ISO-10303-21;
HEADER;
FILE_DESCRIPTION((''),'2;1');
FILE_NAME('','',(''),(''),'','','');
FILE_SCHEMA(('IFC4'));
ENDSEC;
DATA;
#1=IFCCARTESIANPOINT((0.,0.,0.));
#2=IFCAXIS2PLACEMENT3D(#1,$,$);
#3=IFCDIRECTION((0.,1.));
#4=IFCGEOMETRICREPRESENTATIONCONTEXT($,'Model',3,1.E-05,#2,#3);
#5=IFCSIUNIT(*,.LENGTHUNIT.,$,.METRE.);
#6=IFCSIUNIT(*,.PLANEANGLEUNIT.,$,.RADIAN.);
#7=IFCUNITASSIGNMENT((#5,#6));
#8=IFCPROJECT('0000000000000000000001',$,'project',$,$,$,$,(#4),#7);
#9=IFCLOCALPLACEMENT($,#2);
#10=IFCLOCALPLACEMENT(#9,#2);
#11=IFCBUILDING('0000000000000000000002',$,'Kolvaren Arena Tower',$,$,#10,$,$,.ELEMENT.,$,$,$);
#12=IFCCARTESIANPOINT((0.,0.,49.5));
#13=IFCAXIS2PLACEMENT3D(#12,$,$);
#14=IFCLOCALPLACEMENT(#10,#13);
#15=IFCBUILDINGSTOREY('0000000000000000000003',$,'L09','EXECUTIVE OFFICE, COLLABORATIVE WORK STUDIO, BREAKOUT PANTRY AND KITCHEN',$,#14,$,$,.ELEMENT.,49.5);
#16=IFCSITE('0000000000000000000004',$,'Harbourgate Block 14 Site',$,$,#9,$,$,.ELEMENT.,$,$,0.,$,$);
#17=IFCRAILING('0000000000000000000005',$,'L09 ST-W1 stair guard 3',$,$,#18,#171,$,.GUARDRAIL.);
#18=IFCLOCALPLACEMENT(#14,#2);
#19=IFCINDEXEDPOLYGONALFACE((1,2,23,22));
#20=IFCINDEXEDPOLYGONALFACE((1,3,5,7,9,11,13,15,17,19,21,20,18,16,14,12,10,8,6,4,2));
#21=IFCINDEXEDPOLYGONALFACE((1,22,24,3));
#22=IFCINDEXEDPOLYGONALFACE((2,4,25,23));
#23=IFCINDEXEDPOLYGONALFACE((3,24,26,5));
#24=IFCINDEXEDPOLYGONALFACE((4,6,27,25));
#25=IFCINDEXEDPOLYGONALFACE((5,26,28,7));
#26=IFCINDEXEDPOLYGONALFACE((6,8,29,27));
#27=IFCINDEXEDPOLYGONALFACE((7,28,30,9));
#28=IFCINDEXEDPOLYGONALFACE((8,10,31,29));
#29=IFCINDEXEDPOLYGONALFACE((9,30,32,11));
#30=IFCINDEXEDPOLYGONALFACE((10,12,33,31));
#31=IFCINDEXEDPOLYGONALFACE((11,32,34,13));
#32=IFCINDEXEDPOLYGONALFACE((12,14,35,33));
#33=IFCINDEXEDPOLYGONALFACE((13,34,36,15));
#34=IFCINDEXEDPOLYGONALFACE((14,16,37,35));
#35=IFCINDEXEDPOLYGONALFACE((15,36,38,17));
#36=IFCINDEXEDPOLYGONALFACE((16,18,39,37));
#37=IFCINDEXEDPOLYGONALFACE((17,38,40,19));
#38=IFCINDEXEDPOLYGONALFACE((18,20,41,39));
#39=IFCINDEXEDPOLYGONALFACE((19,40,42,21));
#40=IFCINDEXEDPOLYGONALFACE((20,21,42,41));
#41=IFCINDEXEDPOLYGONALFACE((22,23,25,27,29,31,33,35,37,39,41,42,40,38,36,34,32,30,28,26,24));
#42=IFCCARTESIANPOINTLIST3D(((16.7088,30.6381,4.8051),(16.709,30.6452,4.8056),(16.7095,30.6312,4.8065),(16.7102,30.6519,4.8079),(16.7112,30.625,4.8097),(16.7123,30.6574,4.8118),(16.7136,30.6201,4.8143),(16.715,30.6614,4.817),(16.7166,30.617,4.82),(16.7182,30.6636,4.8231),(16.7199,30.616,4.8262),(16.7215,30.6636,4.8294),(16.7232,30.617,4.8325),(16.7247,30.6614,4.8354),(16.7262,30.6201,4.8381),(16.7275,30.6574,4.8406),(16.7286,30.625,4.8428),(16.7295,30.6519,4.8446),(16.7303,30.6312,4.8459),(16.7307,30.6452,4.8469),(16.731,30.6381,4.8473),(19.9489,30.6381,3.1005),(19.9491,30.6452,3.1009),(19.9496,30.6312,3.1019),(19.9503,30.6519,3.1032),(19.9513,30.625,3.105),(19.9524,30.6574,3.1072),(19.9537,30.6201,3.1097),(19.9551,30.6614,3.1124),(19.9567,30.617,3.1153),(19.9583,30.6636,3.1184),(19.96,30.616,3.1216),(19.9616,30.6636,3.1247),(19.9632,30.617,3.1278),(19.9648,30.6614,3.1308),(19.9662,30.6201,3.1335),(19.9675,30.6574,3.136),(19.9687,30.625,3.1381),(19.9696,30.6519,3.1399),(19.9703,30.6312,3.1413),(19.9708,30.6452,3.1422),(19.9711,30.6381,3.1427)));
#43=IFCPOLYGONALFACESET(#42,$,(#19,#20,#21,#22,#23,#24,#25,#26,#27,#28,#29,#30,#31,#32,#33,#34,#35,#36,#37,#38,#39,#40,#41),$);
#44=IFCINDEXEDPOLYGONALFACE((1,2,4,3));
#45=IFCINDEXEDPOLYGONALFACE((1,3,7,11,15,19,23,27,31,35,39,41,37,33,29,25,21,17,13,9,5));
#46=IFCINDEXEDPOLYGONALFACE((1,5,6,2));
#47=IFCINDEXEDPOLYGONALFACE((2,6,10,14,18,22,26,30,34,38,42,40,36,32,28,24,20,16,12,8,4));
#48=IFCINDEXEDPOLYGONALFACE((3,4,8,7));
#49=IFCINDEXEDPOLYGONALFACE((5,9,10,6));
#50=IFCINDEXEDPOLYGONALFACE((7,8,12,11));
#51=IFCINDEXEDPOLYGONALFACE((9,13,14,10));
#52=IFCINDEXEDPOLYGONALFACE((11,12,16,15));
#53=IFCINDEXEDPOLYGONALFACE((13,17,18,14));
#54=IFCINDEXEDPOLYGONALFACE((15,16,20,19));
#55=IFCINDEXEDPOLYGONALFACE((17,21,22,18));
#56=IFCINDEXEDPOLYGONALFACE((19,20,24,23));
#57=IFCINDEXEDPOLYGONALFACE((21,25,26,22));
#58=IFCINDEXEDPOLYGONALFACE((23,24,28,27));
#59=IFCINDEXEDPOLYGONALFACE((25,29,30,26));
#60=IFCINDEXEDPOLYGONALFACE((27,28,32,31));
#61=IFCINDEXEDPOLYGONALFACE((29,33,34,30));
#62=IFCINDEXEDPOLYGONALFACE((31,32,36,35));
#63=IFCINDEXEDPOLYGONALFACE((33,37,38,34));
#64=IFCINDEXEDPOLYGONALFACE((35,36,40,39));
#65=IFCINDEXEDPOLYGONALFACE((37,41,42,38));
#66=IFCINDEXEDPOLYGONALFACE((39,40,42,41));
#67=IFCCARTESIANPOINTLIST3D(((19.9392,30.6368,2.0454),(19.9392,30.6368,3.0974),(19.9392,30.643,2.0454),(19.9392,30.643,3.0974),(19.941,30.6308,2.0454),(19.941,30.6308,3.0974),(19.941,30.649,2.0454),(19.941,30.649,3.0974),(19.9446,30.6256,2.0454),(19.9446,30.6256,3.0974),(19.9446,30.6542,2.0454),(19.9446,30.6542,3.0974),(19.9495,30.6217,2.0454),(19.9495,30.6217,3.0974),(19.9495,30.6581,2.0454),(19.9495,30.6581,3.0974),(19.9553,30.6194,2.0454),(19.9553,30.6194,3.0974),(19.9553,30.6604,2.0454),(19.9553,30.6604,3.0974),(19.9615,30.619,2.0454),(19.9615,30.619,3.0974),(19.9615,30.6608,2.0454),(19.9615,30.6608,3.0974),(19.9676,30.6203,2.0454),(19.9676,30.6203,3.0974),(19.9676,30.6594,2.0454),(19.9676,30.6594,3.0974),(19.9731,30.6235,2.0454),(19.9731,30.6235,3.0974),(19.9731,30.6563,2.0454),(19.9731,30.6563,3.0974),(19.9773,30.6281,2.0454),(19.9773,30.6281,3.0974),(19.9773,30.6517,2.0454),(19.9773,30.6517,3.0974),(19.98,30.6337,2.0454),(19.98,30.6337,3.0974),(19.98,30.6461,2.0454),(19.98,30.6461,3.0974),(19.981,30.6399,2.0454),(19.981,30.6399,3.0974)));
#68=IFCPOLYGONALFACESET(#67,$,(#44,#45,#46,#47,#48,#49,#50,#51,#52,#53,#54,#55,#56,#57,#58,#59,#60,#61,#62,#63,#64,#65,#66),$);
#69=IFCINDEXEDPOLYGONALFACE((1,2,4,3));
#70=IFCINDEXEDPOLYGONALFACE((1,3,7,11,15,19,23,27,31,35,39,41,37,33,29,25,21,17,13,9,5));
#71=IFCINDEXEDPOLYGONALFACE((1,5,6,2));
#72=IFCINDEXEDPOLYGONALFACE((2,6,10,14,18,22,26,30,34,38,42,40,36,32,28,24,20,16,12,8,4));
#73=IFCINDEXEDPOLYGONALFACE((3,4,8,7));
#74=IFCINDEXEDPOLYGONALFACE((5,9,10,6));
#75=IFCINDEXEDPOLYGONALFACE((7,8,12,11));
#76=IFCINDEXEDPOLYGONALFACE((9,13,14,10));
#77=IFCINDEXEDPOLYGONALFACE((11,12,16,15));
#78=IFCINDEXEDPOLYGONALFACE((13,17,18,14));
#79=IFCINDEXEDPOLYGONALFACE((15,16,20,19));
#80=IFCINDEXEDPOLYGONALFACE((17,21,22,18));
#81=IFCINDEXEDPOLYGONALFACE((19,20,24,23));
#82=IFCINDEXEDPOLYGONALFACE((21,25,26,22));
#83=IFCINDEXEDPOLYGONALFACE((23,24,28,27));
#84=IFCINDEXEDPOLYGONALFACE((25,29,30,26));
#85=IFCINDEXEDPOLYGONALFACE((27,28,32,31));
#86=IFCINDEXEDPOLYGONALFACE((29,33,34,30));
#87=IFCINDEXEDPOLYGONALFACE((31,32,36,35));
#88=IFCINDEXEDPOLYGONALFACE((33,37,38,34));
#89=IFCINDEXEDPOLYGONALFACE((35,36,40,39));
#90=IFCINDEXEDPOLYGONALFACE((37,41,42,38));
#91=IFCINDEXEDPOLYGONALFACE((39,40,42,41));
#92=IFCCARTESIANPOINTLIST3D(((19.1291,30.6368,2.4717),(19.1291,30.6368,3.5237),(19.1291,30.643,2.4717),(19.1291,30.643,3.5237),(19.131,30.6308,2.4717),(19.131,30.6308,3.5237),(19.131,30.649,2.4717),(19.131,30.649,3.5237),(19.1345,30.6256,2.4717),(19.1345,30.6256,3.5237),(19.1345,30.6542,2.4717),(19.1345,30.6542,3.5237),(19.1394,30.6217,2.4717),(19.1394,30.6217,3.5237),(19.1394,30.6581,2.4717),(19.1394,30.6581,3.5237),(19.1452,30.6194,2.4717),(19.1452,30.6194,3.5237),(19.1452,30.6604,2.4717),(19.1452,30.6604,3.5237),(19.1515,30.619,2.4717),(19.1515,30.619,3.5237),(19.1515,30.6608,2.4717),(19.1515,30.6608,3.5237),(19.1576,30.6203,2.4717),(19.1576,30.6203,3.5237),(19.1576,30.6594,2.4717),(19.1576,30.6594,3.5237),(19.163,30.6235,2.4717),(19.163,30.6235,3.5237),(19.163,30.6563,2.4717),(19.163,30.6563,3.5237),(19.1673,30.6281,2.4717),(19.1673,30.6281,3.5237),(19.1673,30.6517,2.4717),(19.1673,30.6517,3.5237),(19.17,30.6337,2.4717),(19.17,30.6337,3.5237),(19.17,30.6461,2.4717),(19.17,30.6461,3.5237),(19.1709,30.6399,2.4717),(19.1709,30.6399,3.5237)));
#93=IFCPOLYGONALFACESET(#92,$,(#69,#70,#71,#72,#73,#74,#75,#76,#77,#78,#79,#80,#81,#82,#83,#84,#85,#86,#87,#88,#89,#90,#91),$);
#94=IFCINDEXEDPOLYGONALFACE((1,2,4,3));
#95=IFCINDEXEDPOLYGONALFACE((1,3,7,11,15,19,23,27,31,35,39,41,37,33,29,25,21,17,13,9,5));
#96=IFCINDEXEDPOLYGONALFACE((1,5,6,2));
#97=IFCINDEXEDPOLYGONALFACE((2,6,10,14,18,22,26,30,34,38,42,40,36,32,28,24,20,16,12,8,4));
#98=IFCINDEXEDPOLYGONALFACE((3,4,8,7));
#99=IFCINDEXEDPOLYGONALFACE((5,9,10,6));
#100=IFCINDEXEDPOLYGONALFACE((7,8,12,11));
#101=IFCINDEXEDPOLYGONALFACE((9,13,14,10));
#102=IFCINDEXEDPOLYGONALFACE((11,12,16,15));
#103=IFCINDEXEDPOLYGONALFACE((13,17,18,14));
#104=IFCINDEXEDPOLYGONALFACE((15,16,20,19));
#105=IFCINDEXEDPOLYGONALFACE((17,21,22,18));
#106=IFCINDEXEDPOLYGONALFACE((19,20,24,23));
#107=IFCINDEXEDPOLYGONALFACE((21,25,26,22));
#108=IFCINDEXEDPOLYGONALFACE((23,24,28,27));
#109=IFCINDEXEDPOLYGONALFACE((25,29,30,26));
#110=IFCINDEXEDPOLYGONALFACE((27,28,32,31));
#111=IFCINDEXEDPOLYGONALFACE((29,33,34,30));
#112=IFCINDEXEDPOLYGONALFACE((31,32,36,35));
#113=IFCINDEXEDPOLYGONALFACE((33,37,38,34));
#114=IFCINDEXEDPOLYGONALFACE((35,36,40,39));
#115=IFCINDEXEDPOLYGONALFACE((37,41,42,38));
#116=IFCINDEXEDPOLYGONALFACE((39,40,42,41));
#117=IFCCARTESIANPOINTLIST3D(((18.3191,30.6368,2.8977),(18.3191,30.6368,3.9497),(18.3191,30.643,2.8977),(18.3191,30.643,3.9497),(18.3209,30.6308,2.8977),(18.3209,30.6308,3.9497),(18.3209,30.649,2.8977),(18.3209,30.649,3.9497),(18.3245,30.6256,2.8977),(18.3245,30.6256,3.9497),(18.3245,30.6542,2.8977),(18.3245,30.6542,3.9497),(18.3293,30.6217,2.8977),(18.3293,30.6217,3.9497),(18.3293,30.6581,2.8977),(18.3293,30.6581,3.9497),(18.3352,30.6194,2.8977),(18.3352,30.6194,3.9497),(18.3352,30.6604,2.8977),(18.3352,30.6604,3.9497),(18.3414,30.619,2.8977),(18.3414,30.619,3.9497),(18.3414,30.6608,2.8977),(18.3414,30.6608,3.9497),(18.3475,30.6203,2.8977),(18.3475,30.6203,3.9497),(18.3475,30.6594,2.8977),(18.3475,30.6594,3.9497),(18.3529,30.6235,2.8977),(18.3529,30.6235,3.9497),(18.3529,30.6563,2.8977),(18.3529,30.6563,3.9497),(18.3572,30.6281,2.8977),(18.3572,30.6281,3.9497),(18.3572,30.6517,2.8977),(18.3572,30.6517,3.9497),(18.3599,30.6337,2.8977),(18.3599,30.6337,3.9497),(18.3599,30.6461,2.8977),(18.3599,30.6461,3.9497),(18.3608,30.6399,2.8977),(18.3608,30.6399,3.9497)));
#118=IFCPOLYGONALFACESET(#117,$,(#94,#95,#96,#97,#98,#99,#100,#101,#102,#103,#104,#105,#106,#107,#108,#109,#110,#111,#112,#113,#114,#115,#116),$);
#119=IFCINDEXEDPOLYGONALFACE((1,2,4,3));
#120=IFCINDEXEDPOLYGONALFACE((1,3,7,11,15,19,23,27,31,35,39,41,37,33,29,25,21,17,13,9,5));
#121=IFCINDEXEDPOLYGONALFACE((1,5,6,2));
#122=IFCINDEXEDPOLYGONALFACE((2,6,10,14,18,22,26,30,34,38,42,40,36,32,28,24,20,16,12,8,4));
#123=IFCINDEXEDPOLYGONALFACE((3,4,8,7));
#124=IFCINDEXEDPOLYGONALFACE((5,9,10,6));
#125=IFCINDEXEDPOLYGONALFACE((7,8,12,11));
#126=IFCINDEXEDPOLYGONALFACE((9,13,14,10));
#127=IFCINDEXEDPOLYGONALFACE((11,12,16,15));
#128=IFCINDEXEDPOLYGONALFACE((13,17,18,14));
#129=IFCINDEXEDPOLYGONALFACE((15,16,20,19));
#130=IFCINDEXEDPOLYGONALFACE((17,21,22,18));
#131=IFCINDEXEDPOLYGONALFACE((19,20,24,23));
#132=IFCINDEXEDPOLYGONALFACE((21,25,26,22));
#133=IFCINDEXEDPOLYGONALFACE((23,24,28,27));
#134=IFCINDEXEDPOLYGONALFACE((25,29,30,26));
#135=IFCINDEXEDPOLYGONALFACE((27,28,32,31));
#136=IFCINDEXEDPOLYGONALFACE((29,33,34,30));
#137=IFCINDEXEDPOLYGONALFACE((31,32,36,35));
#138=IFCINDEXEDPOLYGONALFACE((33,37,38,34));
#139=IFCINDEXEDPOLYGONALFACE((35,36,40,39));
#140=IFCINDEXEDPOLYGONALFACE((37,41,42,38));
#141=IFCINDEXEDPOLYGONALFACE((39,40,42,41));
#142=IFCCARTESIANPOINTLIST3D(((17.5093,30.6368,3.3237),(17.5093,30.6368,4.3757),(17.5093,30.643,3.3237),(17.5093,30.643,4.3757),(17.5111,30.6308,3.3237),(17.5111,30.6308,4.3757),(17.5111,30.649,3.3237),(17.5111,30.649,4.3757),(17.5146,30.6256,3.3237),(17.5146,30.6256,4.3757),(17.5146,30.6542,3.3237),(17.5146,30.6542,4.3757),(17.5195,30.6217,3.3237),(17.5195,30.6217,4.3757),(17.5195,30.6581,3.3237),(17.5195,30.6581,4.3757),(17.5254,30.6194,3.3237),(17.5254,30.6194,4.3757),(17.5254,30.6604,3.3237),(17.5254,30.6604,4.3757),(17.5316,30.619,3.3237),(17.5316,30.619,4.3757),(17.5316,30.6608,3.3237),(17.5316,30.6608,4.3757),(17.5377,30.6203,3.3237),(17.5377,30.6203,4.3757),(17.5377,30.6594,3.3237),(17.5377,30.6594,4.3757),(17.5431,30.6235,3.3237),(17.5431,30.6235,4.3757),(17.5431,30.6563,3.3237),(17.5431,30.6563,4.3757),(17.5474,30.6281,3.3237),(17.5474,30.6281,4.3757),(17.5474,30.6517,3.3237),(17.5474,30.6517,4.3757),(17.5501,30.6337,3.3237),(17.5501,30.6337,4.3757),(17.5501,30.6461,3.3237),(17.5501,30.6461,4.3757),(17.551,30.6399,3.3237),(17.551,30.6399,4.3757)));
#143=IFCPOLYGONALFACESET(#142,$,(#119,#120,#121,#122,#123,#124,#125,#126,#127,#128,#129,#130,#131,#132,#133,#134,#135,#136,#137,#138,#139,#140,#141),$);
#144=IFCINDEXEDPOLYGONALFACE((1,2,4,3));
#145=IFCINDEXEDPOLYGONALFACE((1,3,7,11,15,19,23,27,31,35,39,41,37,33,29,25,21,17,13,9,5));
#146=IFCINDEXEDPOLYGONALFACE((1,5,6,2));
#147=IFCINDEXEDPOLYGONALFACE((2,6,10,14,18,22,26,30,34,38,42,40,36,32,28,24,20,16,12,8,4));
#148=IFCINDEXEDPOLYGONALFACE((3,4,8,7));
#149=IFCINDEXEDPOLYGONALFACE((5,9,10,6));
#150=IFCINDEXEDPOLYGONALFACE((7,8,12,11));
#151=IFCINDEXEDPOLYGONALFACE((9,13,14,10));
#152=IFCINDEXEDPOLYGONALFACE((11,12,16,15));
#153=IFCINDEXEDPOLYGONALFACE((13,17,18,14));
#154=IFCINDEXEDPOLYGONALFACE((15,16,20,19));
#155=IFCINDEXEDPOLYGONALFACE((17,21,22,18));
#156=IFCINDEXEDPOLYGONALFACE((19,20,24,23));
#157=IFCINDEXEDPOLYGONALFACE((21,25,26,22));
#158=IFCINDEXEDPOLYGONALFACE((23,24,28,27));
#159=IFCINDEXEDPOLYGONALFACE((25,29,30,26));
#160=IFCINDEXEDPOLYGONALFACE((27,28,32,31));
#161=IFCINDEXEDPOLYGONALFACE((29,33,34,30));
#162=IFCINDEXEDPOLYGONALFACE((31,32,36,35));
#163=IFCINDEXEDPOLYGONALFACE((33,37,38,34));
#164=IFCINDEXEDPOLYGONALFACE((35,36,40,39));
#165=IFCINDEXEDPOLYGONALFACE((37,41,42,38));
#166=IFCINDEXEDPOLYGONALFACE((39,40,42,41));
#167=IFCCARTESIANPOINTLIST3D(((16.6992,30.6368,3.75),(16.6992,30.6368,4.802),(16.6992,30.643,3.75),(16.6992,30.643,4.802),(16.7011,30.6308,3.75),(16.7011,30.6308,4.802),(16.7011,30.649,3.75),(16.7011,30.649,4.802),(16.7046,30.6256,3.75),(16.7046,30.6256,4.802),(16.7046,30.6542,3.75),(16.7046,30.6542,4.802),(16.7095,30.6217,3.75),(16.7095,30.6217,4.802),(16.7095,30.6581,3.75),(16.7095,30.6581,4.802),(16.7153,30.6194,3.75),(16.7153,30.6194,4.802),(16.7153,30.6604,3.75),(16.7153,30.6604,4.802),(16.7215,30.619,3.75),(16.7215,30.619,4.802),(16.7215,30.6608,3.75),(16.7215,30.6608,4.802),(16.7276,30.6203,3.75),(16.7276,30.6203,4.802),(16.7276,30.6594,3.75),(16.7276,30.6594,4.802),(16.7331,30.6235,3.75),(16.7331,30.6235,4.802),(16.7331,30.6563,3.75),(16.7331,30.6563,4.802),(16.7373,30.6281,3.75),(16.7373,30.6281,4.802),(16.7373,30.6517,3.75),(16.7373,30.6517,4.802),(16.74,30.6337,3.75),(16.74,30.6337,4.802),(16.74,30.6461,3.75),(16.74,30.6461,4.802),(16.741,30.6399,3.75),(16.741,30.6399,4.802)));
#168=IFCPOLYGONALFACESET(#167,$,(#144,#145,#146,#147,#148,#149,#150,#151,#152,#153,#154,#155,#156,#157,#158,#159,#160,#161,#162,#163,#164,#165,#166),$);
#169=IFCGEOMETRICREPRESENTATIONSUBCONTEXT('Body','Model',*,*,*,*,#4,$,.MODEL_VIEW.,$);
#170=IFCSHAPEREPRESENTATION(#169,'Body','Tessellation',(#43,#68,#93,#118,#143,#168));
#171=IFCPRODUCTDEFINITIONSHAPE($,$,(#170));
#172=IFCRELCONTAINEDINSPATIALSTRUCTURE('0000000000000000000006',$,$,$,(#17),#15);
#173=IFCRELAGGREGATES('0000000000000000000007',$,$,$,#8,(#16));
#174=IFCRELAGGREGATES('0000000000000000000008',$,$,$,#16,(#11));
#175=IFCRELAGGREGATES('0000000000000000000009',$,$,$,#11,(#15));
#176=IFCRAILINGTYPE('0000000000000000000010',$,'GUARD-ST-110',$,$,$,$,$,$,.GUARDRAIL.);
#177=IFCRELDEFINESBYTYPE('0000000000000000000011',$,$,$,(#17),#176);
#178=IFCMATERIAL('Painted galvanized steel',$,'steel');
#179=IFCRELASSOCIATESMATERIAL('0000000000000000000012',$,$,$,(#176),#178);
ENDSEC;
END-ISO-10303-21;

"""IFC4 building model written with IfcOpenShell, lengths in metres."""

from ifc_helpers import new_model, si_unit, direction, frame, origin, origin_2d, place, context, subcontext, project, spatial, circle, extrude, material, type_object, element, save


model = new_model("IFC4")

# Units and contexts
model_context = context("Model", 3, precision=1e-05, world=origin(), true_north=direction((0.0, 1.0)))
body_context = subcontext(model_context, "Body", "Model", "MODEL_VIEW")
ifc_project = project(units=[si_unit("LENGTHUNIT", "METRE"), si_unit("PLANEANGLEUNIT", "RADIAN")], contexts=[model_context])

# Site, building, storey
site_placement = place(None, origin())
site = spatial("IfcSite", under=ifc_project, at=site_placement, Name="Harbourgate Block 14 Site", CompositionType="ELEMENT", RefElevation=0.0)
building_placement = place(site_placement, origin())
building = spatial("IfcBuilding", under=site, at=building_placement, Name="Kolvaren Arena Tower", CompositionType="ELEMENT")
storey_placement = place(building_placement, frame((0.0, 0.0, 49.5)))
storey = spatial("IfcBuildingStorey", under=building, at=storey_placement, Name="L09", Description="EXECUTIVE OFFICE, COLLABORATIVE WORK STUDIO, BREAKOUT PANTRY AND KITCHEN", CompositionType="ELEMENT", Elevation=49.5)

# Railing
ifc_material_1 = material(Name="Painted galvanized steel", Category="steel")
railing_type = type_object("IfcRailingType", Name="GUARD-ST-110", PredefinedType="GUARDRAIL", material=ifc_material_1)
railing_1_placement = place(storey_placement, frame((19.96, 30.6399, 2.0454)))
element("IfcRailing", 1, at=railing_1_placement, inside=storey, type_object=railing_type, Name="L09 ST-W1 stair guard 3", PredefinedType="GUARDRAIL", context=body_context, shape_type="SweptSolid", body=[
    extrude(circle(Radius=0.0239, at=origin_2d()), frame((0.0, 0.0, 1.0762), z_axis=(-0.884993, 0.0, 0.465604), x_axis=(0.0, -1.0, 0.0)), (0.0, 0.0, 1.0), 3.6611),
    extrude(circle(Radius=0.021, at=origin_2d()), origin(), (0.0, 0.0, 1.0), 1.052),
    extrude(circle(Radius=0.021, at=origin_2d()), frame((-0.8101, 0.0, 0.4263)), (0.0, 0.0, 1.0), 1.052),
    extrude(circle(Radius=0.021, at=origin_2d()), frame((-1.6201, 0.0, 0.8523)), (0.0, 0.0, 1.0), 1.052),
    extrude(circle(Radius=0.021, at=origin_2d()), frame((-2.4299, 0.0, 1.2783)), (0.0, 0.0, 1.0), 1.052),
    extrude(circle(Radius=0.021, at=origin_2d()), frame((-3.24, 0.0, 1.7046)), (0.0, 0.0, 1.0), 1.052),
])

save(model, "model.ifc")
